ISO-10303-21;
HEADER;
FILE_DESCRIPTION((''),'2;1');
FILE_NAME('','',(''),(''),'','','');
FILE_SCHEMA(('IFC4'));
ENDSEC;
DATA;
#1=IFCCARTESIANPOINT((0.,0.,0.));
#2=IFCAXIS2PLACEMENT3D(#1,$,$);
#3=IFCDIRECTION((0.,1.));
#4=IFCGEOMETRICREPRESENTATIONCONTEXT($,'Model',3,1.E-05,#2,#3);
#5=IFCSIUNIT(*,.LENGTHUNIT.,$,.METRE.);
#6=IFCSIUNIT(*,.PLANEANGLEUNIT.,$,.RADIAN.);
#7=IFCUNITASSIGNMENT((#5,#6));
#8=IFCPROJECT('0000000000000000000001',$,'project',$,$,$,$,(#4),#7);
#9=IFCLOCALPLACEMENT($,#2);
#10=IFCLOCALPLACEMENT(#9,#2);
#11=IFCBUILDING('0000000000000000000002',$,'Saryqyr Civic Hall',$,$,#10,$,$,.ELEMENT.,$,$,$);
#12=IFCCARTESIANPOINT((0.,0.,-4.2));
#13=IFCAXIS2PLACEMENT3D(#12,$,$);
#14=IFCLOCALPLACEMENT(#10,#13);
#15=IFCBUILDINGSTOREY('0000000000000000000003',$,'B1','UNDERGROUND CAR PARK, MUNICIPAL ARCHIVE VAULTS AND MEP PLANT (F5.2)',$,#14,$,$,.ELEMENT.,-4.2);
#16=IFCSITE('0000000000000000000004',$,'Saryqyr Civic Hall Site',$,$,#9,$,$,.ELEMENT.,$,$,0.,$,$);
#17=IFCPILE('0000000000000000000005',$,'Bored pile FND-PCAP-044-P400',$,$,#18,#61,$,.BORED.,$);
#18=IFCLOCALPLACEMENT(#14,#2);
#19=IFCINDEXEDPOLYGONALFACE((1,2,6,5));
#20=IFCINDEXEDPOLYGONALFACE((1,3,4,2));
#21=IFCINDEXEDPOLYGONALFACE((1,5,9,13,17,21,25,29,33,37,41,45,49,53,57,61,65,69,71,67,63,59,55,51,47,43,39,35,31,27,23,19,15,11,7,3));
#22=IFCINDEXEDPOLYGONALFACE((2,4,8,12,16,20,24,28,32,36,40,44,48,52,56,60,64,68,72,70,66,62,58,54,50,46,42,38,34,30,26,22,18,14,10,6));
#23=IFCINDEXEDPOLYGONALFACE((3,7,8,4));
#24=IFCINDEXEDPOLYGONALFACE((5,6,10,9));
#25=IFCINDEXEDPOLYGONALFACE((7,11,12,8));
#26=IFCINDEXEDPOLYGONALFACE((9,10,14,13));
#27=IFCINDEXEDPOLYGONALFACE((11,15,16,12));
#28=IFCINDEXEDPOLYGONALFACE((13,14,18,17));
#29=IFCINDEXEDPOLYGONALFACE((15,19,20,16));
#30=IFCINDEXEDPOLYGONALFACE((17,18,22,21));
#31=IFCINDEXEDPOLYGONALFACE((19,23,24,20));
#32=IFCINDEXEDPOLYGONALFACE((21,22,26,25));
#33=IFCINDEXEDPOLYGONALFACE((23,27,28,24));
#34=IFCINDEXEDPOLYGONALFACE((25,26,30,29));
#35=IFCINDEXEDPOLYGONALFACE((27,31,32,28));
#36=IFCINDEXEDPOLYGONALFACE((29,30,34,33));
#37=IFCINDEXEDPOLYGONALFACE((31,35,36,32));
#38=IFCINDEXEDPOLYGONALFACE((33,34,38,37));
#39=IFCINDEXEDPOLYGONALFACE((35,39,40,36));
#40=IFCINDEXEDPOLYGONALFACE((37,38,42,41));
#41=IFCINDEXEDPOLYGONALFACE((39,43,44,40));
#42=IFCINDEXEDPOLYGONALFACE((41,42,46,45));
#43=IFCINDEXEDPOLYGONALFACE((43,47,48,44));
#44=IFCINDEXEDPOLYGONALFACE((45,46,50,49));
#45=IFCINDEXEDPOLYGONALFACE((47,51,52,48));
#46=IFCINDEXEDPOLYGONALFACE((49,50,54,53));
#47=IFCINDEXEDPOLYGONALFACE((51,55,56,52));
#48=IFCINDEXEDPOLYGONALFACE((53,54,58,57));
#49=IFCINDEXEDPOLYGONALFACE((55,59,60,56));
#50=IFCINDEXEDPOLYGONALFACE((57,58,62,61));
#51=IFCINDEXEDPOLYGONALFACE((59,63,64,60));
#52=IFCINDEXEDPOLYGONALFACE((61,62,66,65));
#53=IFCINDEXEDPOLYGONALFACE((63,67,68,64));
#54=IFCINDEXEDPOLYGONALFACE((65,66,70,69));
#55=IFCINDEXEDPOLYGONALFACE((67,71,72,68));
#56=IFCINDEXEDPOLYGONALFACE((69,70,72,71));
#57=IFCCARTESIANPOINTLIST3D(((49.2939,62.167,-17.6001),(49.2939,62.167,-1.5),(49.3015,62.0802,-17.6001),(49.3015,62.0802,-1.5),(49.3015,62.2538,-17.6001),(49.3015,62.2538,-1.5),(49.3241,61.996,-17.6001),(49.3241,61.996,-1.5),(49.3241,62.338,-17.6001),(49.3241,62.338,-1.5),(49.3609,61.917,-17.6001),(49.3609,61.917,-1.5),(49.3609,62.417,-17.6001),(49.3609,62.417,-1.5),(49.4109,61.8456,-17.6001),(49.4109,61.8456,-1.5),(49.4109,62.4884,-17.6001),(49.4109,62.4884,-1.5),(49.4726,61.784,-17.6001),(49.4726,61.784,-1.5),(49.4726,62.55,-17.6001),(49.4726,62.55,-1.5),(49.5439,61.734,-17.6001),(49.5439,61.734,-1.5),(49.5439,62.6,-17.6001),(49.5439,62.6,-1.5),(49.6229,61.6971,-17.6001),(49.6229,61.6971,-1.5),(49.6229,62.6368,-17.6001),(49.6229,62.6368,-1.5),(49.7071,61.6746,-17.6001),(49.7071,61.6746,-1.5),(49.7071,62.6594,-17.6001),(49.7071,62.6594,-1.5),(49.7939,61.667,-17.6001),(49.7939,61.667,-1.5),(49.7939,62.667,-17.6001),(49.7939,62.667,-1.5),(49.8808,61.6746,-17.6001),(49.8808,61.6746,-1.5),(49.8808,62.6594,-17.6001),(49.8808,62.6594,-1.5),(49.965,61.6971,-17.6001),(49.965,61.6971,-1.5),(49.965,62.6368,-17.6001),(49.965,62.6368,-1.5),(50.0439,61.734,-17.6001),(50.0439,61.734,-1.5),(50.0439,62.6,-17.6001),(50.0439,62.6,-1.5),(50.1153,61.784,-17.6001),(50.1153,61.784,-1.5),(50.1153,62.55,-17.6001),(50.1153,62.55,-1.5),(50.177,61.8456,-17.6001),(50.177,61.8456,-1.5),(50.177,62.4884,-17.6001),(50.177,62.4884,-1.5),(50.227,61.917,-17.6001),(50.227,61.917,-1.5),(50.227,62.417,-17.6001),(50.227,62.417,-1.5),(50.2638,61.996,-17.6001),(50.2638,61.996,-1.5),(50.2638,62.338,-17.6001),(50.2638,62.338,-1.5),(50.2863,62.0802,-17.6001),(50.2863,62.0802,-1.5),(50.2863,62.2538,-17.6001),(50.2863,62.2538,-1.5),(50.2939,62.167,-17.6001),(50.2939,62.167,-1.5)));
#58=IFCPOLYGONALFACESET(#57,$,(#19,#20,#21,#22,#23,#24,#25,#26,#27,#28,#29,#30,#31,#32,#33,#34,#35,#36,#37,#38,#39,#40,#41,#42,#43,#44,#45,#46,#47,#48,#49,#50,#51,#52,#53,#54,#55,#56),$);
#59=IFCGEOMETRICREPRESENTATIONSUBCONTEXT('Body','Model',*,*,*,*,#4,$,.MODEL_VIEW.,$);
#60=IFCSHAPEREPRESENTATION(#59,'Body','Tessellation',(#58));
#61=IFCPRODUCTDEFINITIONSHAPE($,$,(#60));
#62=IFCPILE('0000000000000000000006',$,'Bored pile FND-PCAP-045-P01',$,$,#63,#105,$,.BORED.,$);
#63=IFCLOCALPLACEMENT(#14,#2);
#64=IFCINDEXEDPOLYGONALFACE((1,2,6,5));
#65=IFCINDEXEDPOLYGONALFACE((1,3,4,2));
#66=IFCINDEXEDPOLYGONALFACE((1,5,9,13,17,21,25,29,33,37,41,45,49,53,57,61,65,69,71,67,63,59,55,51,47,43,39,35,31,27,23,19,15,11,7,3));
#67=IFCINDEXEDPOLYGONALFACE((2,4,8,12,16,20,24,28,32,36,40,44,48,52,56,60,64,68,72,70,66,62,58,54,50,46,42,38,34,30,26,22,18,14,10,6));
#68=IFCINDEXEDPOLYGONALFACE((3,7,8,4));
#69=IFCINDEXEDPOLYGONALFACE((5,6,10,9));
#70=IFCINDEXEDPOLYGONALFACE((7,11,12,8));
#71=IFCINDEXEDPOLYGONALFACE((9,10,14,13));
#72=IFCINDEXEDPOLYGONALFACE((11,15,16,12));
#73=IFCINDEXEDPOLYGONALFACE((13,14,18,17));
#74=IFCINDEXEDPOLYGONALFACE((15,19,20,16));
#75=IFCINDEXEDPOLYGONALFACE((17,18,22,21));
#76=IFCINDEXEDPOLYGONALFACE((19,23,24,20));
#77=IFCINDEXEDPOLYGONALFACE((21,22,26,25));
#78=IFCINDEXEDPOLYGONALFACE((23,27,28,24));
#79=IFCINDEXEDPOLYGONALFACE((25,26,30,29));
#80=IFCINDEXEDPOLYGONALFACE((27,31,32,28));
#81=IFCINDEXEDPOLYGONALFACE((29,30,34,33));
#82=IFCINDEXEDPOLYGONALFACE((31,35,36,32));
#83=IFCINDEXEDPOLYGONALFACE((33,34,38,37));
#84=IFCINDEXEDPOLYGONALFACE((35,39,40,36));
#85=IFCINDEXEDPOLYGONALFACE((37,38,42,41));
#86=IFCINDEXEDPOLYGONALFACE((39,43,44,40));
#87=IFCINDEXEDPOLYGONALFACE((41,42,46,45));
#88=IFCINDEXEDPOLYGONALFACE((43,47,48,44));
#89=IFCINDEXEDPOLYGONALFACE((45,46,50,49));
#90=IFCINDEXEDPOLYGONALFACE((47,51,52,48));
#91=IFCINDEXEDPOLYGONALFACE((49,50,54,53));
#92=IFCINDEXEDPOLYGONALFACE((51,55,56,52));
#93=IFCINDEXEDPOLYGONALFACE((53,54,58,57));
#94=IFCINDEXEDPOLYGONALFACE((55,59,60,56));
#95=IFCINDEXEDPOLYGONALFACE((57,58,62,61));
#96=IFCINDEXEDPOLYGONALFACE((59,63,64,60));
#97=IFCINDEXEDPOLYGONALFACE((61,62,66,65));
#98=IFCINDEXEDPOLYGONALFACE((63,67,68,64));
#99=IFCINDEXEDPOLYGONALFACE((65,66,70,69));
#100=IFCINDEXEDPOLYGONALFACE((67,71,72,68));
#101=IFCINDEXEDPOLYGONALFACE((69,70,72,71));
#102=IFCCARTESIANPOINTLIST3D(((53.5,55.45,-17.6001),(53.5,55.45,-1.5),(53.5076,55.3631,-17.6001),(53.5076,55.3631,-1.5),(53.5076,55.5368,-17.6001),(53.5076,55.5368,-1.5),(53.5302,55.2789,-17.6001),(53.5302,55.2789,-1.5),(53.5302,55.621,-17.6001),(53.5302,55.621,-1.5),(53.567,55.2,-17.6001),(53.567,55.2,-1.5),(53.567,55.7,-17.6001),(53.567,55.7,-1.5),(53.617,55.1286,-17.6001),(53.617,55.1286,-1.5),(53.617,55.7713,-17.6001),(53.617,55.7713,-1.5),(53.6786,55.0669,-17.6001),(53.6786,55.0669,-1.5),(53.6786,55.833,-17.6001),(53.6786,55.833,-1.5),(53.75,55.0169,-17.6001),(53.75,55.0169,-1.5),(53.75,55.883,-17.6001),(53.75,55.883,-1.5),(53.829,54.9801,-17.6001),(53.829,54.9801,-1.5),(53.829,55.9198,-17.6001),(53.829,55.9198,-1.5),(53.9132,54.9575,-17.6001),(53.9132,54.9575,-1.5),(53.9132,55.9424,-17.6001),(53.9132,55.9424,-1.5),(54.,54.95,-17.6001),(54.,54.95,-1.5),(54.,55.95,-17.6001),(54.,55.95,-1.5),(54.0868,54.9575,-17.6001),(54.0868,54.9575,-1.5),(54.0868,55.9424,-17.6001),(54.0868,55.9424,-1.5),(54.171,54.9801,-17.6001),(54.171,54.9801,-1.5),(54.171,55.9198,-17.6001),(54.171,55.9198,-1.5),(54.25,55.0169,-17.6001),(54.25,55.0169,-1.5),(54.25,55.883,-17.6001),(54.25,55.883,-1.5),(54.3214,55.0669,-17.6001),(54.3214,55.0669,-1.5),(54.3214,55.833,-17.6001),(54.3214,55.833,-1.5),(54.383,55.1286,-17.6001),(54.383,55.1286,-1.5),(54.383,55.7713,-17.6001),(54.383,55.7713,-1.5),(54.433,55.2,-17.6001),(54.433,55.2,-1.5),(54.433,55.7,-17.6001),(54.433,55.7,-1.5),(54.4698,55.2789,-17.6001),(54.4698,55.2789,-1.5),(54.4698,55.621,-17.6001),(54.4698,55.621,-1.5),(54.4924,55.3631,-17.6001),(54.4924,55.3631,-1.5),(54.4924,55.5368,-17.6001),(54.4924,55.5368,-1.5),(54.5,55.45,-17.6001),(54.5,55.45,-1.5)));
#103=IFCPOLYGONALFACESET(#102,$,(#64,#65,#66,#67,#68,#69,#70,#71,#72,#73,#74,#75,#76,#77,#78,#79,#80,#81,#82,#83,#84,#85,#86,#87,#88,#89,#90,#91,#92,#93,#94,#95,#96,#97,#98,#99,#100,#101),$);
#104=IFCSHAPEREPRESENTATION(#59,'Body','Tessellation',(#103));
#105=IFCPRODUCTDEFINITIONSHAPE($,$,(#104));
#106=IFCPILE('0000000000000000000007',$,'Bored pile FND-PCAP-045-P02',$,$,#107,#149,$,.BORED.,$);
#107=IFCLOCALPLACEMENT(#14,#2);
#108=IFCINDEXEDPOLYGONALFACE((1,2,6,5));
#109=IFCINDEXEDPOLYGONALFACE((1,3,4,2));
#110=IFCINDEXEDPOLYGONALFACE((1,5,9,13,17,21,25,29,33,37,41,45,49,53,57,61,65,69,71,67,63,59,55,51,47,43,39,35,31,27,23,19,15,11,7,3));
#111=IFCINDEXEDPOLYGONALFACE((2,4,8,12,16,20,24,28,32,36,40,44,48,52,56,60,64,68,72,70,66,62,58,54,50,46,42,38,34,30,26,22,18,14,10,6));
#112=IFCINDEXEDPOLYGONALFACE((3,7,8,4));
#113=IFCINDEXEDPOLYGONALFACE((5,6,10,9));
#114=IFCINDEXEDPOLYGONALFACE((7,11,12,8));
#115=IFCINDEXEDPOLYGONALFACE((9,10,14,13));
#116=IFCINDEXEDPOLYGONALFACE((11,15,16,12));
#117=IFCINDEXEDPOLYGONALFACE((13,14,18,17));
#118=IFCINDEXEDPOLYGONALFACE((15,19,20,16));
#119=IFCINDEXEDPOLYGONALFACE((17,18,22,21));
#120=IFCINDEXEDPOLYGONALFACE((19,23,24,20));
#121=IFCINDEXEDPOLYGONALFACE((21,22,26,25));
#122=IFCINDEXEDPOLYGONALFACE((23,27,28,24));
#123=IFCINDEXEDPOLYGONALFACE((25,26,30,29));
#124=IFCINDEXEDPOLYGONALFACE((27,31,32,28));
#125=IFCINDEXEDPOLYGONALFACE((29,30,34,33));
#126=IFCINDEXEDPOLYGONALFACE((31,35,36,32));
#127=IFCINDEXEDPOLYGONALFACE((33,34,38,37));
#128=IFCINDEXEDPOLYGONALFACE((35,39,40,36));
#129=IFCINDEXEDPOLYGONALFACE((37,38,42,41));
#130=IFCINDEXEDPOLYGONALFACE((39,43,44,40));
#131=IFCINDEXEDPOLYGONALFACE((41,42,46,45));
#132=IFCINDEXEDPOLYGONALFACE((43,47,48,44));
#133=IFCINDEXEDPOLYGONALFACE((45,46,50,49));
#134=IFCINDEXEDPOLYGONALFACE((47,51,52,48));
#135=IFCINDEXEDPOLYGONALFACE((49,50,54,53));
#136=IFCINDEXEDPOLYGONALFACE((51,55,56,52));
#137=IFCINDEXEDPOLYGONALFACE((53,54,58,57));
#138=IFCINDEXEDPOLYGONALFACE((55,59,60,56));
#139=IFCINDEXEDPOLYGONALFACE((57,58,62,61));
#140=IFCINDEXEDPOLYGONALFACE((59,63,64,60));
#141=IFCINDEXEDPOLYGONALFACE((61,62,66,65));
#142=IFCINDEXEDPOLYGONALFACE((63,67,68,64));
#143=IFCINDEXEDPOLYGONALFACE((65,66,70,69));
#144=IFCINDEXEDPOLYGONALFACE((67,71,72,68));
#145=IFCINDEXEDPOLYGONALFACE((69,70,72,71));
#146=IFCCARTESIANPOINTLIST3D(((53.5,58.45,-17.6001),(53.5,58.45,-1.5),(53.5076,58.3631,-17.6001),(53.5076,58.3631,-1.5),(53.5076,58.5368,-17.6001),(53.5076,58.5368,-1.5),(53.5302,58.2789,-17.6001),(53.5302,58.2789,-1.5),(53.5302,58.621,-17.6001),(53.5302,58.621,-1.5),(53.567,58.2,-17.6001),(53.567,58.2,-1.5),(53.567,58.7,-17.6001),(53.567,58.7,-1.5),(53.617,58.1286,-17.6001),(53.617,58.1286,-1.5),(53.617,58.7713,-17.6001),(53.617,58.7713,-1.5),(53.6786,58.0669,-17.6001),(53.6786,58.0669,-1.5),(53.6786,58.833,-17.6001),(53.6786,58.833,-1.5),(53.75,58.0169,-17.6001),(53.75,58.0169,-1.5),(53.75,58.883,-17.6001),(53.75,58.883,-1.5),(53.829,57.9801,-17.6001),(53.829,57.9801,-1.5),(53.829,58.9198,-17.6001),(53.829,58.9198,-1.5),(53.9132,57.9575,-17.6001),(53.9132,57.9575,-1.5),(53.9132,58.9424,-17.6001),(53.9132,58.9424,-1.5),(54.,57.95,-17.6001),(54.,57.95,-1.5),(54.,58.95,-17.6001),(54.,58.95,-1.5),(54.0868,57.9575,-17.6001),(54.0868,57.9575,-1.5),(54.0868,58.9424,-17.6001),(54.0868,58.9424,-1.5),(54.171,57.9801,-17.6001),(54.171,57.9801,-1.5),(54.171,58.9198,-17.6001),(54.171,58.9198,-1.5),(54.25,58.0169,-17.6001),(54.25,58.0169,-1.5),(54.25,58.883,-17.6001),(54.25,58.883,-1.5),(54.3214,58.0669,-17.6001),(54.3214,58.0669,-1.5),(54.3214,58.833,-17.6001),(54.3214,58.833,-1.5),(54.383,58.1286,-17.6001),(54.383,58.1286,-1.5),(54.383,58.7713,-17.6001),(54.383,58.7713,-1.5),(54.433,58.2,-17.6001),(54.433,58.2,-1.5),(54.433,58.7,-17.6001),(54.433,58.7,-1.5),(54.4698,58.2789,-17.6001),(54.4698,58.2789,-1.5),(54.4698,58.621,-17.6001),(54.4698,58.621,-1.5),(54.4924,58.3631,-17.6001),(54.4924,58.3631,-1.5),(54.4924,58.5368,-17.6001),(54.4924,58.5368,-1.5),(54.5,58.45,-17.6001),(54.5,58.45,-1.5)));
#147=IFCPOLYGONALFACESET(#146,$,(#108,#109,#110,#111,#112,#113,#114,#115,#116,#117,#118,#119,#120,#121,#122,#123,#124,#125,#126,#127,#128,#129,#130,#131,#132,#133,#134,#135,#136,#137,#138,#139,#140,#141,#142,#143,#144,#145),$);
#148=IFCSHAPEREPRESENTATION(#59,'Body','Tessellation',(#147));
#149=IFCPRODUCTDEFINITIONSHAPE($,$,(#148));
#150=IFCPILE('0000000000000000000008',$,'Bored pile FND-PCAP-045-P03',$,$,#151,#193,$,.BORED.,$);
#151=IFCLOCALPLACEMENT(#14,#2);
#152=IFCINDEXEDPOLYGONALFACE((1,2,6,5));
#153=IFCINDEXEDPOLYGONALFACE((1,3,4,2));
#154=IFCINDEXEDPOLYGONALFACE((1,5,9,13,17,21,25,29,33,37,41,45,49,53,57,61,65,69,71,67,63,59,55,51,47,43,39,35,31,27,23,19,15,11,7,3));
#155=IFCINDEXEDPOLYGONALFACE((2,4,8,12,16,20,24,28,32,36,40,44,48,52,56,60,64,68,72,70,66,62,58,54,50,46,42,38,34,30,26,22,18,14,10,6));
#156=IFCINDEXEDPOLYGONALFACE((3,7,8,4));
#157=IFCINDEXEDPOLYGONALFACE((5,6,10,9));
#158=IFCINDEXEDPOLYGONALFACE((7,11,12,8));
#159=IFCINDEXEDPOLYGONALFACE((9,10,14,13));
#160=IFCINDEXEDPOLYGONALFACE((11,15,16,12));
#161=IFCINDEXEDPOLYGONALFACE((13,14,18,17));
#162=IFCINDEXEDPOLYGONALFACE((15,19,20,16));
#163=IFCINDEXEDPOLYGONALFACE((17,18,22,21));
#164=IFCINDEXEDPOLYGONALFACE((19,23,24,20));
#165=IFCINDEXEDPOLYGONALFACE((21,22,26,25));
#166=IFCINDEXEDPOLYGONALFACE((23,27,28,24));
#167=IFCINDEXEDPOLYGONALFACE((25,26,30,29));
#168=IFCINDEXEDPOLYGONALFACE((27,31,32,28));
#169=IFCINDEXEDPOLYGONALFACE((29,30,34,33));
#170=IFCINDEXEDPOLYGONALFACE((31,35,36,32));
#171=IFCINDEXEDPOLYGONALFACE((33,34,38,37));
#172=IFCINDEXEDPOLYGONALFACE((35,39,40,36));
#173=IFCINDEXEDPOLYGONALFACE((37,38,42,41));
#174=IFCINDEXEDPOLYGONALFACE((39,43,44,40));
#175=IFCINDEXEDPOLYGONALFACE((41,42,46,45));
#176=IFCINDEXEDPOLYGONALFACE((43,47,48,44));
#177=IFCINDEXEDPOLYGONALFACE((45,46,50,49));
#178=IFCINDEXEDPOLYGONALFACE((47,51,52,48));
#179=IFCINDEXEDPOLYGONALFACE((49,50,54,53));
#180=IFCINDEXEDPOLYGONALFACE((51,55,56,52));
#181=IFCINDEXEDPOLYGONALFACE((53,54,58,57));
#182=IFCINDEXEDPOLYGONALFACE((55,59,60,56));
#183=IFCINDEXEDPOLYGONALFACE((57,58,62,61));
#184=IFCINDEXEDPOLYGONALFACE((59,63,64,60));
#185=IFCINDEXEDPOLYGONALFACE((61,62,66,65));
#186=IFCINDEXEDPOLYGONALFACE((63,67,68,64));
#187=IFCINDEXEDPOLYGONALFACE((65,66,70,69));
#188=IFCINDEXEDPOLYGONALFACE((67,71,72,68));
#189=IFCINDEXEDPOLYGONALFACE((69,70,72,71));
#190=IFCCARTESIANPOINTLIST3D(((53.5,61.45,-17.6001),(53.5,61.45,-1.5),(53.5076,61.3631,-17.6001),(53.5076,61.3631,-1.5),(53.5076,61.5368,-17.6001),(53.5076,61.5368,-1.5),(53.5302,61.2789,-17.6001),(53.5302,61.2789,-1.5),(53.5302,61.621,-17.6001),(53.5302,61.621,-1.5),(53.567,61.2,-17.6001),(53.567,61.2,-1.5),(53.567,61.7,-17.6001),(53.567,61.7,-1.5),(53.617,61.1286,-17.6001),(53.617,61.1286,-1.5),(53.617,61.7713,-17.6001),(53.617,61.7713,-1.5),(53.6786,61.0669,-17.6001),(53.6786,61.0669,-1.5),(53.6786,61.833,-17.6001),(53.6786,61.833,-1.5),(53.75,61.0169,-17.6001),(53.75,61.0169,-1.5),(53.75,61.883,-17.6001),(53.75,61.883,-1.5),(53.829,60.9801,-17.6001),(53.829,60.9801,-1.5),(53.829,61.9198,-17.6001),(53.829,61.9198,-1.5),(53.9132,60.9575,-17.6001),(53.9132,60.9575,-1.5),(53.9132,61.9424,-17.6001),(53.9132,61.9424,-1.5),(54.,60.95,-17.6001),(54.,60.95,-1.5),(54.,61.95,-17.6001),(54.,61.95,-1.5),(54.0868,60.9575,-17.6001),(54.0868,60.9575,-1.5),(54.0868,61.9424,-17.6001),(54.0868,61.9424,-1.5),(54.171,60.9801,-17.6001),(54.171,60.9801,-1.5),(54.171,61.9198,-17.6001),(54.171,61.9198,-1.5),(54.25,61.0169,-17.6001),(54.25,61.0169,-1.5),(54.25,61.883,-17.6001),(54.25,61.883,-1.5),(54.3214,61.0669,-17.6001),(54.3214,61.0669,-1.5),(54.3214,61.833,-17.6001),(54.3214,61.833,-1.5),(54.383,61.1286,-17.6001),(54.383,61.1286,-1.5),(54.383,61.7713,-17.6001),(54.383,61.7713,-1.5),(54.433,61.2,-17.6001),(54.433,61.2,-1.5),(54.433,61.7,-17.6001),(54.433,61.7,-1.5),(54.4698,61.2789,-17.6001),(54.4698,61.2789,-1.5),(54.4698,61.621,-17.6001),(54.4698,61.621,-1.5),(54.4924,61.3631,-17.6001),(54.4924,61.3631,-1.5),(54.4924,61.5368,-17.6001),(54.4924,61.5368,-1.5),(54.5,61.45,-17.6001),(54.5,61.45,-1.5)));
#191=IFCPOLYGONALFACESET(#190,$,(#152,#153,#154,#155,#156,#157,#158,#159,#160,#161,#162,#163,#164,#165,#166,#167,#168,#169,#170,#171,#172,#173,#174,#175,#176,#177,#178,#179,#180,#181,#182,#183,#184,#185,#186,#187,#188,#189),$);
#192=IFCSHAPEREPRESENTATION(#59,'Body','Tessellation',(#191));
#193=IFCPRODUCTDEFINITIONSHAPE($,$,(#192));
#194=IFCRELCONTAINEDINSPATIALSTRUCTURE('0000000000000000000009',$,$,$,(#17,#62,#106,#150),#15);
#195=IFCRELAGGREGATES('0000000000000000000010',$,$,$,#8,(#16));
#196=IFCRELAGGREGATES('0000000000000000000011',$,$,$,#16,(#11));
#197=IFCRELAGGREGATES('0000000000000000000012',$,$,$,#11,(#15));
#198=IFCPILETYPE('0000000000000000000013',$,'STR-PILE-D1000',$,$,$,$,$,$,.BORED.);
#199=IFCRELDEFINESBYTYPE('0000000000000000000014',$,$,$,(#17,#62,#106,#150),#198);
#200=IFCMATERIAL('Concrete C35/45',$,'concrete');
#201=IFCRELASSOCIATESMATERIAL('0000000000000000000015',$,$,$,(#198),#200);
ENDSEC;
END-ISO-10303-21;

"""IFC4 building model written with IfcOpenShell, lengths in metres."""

from ifc_helpers import new_model, si_unit, direction, frame, origin, origin_2d, place, context, subcontext, project, spatial, circle, extrude, material, material_profile, profile_set, type_object, element, save


model = new_model("IFC4")

# Units and contexts
model_context = context("Model", 3, precision=1e-05, world=origin(), true_north=direction((0.0, 1.0)))
body_context = subcontext(model_context, "Body", "Model", "MODEL_VIEW")
ifc_project = project(units=[si_unit("LENGTHUNIT", "METRE"), si_unit("PLANEANGLEUNIT", "RADIAN")], contexts=[model_context])

# Site, building, storey
site_placement = place(None, origin())
site = spatial("IfcSite", under=ifc_project, at=site_placement, Name="Saryqyr Civic Hall Site", CompositionType="ELEMENT", RefElevation=0.0)
building_placement = place(site_placement, origin())
building = spatial("IfcBuilding", under=site, at=building_placement, Name="Saryqyr Civic Hall", CompositionType="ELEMENT")
storey_placement = place(building_placement, frame((0.0, 0.0, -4.2)))
storey = spatial("IfcBuildingStorey", under=building, at=storey_placement, Name="B1", Description="UNDERGROUND CAR PARK, MUNICIPAL ARCHIVE VAULTS AND MEP PLANT (F5.2)", CompositionType="ELEMENT", Elevation=-4.2)

# Shared definitions
ifc_material_1 = material(Name="Concrete C35/45", Category="concrete")

# Piles
ifc_material_profile_1 = material_profile(ifc_material_1, circle(Radius=0.5, at=origin_2d()), Name="BORED PILE D1000")
ifc_profile_set_1 = profile_set([ifc_material_profile_1], Name="Concrete C35/45")
pile_type = type_object("IfcPileType", Name="STR-PILE-D1000", PredefinedType="BORED", material=ifc_profile_set_1)
for number, where, z_axis, x_axis, name in (
    (1, (49.7939, 62.167, -1.5), (0.0, 0.0, -1.0), (1.0, 0.0, 0.0), "Bored pile FND-PCAP-044-P400"),
    (2, (54.0, 55.45, -1.5), (0.0, 0.0, -1.0), (1.0, 0.0, 0.0), "Bored pile FND-PCAP-045-P01"),
    (3, (54.0, 58.45, -1.5), (0.0, 0.0, -1.0), (1.0, 0.0, 0.0), "Bored pile FND-PCAP-045-P02"),
    (4, (54.0, 61.45, -1.5), (0.0, 0.0, -1.0), (1.0, 0.0, 0.0), "Bored pile FND-PCAP-045-P03"),
):
    element("IfcPile", number, at=place(storey_placement, frame(where, z_axis=z_axis, x_axis=x_axis)), inside=storey, type_object=pile_type, Name=name, PredefinedType="BORED", context=body_context, shape_type="SweptSolid", body=[
        extrude(circle(Radius=0.5, at=origin_2d()), origin(), (0.0, 0.0, 1.0), 16.1001),
    ])

save(model, "model.ifc")
